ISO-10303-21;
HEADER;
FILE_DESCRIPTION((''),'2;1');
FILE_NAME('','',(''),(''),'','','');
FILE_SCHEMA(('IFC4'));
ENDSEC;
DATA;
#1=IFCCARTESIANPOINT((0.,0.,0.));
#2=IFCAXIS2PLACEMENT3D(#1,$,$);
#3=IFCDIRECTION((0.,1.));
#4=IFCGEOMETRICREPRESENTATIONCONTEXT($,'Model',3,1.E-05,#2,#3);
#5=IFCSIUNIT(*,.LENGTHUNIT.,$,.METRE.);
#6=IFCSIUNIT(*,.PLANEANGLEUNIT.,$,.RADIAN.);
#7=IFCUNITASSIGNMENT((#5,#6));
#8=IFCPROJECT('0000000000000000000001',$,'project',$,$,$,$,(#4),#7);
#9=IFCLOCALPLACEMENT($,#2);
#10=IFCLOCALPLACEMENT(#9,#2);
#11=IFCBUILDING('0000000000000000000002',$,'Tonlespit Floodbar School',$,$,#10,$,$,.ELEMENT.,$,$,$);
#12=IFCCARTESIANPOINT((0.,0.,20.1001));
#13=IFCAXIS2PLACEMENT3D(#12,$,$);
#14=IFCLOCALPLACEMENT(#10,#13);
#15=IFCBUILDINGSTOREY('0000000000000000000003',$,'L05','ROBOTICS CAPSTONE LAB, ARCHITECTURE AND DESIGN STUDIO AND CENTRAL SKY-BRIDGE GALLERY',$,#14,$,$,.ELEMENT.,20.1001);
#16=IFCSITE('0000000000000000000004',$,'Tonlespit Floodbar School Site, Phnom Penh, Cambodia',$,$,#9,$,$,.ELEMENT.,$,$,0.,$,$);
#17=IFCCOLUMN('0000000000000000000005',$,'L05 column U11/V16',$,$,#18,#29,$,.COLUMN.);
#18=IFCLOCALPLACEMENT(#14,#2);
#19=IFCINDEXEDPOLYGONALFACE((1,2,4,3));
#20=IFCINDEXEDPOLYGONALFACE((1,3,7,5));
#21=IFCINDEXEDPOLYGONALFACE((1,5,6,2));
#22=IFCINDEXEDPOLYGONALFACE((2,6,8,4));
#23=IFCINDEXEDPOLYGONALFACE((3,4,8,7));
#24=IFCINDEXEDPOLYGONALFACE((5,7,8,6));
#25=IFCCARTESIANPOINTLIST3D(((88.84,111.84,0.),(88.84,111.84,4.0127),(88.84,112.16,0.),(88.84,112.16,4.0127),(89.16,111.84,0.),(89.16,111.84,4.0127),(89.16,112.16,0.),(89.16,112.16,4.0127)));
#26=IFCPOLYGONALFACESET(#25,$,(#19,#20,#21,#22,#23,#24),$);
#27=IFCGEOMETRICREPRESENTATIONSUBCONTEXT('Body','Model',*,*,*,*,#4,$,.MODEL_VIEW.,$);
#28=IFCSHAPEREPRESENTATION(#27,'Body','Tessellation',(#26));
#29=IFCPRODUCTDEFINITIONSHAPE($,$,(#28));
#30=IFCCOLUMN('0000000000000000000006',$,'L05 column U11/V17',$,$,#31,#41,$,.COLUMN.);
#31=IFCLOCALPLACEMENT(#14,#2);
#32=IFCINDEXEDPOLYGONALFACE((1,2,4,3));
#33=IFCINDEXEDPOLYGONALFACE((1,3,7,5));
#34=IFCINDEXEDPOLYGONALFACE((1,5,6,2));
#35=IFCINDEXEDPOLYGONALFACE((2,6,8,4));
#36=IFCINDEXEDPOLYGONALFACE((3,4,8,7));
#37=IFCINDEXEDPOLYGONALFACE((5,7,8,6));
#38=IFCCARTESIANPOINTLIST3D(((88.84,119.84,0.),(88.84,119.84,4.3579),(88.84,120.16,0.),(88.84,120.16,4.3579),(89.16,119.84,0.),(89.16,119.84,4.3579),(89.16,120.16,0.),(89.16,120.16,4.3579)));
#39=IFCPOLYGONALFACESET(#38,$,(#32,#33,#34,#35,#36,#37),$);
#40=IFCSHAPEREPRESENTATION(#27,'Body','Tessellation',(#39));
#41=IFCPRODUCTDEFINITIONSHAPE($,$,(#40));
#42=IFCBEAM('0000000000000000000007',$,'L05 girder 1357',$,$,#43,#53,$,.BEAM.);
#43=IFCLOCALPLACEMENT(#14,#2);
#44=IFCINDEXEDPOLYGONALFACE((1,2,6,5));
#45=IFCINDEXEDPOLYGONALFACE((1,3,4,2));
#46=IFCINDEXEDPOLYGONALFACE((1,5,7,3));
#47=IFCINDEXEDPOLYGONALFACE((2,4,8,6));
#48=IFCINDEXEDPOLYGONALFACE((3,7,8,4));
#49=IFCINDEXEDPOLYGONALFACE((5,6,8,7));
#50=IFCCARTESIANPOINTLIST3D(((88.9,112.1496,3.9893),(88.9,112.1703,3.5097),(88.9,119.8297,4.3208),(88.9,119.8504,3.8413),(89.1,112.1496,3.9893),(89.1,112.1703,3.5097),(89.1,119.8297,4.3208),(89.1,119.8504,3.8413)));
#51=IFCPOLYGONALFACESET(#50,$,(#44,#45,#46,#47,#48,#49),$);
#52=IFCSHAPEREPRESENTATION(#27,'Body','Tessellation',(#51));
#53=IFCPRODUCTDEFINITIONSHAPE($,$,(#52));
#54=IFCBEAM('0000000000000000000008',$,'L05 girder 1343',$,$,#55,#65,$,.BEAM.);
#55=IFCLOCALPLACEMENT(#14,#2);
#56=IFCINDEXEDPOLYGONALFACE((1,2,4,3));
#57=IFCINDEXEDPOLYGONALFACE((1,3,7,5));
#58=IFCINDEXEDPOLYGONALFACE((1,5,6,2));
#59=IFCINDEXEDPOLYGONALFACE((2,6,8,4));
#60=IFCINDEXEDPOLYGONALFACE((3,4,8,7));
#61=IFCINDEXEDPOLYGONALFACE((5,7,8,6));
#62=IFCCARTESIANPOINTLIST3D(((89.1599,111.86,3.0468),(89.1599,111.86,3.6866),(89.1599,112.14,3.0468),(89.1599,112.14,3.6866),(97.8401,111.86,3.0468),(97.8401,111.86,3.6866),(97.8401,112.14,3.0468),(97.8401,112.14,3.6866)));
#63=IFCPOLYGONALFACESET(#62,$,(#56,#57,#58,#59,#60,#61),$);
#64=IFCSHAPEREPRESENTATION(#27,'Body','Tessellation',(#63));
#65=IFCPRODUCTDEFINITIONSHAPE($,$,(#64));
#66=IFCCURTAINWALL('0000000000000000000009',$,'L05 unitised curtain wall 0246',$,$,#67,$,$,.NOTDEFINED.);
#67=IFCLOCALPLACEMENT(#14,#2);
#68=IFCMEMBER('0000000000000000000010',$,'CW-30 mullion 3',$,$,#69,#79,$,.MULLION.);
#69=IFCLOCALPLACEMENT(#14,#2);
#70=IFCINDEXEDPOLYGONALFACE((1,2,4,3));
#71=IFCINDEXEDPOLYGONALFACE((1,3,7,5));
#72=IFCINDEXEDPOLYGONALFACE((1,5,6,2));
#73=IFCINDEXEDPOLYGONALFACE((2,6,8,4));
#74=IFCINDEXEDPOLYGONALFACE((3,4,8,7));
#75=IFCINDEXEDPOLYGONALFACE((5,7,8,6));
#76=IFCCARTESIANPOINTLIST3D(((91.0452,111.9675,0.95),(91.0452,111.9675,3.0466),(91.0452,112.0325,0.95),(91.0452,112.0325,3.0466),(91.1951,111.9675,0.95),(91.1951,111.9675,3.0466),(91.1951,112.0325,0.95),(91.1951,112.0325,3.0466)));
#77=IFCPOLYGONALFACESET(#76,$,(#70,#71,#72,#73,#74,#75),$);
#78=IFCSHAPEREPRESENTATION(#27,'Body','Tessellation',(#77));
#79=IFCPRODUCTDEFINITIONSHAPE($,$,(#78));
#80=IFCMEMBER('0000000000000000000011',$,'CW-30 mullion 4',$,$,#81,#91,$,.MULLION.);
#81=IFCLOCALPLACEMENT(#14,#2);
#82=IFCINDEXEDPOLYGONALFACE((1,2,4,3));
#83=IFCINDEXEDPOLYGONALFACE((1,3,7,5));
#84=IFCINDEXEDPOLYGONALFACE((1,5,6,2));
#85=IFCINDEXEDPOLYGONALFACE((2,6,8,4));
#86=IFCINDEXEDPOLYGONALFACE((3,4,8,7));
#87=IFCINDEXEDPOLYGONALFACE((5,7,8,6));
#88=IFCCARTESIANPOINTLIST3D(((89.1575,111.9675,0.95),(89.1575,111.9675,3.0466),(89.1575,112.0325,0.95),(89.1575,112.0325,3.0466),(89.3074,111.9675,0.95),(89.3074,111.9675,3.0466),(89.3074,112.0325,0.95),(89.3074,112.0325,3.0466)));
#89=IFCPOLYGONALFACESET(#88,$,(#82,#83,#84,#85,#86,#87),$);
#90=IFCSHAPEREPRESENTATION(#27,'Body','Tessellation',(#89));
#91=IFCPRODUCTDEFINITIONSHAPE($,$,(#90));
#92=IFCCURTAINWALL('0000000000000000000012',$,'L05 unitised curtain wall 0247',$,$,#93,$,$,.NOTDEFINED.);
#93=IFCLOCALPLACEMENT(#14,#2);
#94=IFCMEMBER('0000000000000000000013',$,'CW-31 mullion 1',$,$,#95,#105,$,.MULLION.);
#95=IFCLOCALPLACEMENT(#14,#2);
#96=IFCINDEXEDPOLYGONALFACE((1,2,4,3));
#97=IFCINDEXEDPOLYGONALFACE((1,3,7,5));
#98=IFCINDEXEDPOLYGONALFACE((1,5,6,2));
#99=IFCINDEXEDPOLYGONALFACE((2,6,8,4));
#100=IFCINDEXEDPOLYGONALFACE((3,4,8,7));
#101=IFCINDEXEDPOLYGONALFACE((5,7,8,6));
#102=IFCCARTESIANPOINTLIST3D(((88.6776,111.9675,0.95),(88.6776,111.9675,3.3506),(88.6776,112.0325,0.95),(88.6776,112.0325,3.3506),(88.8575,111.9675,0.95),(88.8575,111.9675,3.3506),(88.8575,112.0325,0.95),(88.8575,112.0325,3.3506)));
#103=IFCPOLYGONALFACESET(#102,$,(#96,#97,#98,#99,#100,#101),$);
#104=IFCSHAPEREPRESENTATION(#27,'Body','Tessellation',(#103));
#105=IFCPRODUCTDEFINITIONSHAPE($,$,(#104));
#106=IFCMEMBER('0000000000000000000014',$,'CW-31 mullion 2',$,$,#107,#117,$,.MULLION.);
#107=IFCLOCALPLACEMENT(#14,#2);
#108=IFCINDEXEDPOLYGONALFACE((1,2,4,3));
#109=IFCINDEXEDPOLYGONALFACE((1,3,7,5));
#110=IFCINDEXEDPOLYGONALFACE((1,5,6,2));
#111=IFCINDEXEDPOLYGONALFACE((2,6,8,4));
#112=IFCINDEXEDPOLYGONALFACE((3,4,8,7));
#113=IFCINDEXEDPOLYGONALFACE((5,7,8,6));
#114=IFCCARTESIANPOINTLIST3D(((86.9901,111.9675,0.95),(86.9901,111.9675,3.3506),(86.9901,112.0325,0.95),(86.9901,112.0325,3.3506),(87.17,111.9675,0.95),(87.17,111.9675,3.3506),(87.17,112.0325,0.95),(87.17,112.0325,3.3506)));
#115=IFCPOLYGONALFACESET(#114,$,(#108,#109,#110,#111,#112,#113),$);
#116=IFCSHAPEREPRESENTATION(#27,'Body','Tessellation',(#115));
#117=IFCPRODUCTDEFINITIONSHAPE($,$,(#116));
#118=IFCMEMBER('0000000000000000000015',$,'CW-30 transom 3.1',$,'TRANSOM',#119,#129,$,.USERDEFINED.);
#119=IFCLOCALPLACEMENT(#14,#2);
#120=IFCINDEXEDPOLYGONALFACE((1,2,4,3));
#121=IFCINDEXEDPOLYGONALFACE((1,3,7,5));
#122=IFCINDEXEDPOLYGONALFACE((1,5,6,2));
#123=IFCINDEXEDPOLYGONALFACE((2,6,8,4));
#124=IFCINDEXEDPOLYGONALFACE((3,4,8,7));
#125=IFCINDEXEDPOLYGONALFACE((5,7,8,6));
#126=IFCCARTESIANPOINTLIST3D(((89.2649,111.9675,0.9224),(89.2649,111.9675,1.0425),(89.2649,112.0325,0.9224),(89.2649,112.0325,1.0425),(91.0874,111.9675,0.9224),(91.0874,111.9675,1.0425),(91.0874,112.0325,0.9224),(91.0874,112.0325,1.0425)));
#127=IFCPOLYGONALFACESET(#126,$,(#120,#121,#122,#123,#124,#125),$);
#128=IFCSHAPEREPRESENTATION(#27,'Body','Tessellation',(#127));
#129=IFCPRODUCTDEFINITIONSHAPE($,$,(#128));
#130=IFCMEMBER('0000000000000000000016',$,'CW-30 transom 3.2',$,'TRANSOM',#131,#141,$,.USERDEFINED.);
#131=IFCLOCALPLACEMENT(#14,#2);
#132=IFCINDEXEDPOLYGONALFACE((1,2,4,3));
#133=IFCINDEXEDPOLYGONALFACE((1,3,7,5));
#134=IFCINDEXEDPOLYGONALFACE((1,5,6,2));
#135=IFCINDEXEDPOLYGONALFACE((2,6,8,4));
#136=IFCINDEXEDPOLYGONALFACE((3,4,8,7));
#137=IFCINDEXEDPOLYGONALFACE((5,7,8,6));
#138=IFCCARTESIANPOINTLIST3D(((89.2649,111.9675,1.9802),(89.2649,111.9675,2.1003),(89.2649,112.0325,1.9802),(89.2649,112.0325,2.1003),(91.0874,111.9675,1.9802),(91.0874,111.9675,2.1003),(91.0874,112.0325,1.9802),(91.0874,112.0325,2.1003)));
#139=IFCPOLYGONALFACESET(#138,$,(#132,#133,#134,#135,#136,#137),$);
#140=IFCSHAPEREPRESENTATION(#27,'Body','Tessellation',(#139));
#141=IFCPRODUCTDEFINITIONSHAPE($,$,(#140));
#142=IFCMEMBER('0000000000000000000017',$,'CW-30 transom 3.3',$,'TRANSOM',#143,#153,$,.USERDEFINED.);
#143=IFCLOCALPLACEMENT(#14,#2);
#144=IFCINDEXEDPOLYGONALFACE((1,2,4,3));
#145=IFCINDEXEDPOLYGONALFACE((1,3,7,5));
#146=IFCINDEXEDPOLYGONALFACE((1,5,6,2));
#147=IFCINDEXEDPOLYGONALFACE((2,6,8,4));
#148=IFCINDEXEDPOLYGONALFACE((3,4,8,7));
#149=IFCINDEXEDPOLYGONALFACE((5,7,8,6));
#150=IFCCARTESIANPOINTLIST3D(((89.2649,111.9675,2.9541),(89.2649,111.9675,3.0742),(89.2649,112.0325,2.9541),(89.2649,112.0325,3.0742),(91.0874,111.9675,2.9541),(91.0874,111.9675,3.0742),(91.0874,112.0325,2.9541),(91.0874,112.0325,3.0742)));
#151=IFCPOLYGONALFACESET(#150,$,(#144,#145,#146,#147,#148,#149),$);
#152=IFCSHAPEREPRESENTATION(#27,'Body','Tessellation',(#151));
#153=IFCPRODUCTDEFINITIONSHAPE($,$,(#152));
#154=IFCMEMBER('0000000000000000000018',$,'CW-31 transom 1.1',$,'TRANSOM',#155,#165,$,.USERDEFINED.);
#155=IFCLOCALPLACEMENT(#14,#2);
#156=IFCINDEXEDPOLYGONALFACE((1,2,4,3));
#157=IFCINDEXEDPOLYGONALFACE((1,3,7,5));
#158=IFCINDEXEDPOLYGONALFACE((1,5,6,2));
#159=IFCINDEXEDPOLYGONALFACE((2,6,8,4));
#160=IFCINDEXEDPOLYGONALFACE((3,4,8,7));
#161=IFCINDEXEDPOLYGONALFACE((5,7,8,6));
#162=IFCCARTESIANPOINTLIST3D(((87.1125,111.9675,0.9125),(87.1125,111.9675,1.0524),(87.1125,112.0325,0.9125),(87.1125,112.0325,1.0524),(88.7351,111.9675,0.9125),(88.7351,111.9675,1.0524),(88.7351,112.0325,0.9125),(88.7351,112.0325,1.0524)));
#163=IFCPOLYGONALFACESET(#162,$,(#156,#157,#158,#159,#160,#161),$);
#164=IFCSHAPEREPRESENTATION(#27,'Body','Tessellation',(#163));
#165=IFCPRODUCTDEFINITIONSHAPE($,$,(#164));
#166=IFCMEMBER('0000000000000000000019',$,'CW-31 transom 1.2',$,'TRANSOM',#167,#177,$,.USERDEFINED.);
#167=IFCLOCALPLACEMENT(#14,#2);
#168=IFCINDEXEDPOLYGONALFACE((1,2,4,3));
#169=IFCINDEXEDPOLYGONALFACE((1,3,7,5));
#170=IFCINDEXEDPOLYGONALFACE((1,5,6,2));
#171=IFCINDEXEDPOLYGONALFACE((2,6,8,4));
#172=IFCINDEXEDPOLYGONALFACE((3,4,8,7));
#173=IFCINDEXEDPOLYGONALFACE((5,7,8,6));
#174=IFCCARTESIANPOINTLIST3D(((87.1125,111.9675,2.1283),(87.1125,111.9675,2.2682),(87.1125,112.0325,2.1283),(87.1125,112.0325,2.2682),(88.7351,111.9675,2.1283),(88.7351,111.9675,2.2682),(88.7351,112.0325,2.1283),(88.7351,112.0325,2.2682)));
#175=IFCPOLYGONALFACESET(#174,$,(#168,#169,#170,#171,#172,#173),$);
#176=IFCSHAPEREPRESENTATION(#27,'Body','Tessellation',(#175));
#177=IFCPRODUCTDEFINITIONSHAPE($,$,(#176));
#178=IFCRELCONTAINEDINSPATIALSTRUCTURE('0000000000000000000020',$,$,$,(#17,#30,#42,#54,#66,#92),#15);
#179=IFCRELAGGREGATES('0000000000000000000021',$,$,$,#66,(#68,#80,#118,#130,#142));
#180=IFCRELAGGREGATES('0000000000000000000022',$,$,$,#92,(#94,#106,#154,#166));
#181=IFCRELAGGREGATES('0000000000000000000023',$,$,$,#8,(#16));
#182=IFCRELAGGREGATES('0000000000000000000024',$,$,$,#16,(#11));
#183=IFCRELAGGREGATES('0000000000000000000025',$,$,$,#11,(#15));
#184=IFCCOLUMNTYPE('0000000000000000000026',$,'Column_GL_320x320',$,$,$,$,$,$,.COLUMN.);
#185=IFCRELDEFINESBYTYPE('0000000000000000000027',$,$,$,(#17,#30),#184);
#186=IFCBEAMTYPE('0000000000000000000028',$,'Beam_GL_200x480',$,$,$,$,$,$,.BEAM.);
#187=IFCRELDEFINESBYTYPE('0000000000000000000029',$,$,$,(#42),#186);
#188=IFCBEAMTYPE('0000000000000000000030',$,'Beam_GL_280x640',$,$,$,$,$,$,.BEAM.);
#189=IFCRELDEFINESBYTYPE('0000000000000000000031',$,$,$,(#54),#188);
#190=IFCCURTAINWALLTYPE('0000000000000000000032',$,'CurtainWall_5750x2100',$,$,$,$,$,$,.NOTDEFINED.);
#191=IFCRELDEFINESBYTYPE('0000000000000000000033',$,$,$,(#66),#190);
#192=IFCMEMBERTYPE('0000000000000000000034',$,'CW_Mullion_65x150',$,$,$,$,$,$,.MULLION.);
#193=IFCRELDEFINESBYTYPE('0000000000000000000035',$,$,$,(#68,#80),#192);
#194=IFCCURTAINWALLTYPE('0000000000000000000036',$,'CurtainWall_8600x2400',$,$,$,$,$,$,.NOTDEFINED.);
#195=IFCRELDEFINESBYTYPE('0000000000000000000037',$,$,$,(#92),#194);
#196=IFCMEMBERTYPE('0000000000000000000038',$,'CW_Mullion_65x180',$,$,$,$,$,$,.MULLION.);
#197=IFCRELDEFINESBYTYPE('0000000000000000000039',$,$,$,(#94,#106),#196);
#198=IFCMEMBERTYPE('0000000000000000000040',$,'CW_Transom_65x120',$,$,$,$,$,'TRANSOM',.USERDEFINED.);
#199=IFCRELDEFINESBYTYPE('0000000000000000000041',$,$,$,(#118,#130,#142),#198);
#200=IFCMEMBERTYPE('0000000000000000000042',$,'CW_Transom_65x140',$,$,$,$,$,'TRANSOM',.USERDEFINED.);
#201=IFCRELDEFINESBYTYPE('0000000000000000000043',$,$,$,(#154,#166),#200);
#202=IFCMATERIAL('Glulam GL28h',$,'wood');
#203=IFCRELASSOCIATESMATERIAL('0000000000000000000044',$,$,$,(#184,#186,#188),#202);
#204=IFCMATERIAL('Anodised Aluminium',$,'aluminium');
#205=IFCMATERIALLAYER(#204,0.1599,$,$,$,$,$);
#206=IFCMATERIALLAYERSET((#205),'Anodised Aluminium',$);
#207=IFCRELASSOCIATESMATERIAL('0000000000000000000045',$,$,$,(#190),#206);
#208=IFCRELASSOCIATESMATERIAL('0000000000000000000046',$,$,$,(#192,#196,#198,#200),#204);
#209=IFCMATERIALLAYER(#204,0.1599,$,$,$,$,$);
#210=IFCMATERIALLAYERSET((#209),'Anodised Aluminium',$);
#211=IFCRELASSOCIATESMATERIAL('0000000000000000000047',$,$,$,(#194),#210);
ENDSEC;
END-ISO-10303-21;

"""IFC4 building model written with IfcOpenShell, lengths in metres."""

from ifc_helpers import new_model, si_unit, direction, frame, origin, origin_2d, place, context, subcontext, project, spatial, rectangle, extrude, material, layer, layer_set, material_profile, profile_set, type_object, element, aggregate, save


model = new_model("IFC4")

# Units and contexts
model_context = context("Model", 3, precision=1e-05, world=origin(), true_north=direction((0.0, 1.0)))
body_context = subcontext(model_context, "Body", "Model", "MODEL_VIEW")
ifc_project = project(units=[si_unit("LENGTHUNIT", "METRE"), si_unit("PLANEANGLEUNIT", "RADIAN")], contexts=[model_context])

# Site, building, storey
site_placement = place(None, origin())
site = spatial("IfcSite", under=ifc_project, at=site_placement, Name="Tonlespit Floodbar School Site, Phnom Penh, Cambodia", CompositionType="ELEMENT", RefElevation=0.0)
building_placement = place(site_placement, origin())
building = spatial("IfcBuilding", under=site, at=building_placement, Name="Tonlespit Floodbar School", CompositionType="ELEMENT")
storey_placement = place(building_placement, frame((0.0, 0.0, 20.1001)))
storey = spatial("IfcBuildingStorey", under=building, at=storey_placement, Name="L05", Description="ROBOTICS CAPSTONE LAB, ARCHITECTURE AND DESIGN STUDIO AND CENTRAL SKY-BRIDGE GALLERY", CompositionType="ELEMENT", Elevation=20.1001)

# Columns
ifc_material_1 = material(Name="Glulam GL28h", Category="wood")
ifc_material_profile_1 = material_profile(ifc_material_1, rectangle(XDim=0.3201, YDim=0.3201, at=origin_2d()), Name="GL 320x320")
ifc_profile_set_1 = profile_set([ifc_material_profile_1], Name="Glulam GL28h")
column_type = type_object("IfcColumnType", Name="Column_GL_320x320", PredefinedType="COLUMN", material=ifc_profile_set_1)
column_1_placement = place(storey_placement, frame((89.0, 112.0, 0.0), z_axis=(0.0, 0.0, 1.0), x_axis=(1.0, 0.0, 0.0)))
element("IfcColumn", 1, at=column_1_placement, inside=storey, type_object=column_type, Name="L05 column U11/V16", PredefinedType="COLUMN", context=body_context, shape_type="SweptSolid", body=[
    extrude(rectangle(XDim=0.3201, YDim=0.3201, at=origin_2d()), origin(), (0.0, 0.0, 1.0), 4.0127),
])
column_2_placement = place(storey_placement, frame((89.0, 120.0, 0.0), z_axis=(0.0, 0.0, 1.0), x_axis=(1.0, 0.0, 0.0)))
element("IfcColumn", 2, at=column_2_placement, inside=storey, type_object=column_type, Name="L05 column U11/V17", PredefinedType="COLUMN", context=body_context, shape_type="SweptSolid", body=[
    extrude(rectangle(XDim=0.3201, YDim=0.3201, at=origin_2d()), origin(), (0.0, 0.0, 1.0), 4.3579),
])

# Beams
ifc_material_profile_2 = material_profile(ifc_material_1, rectangle(XDim=0.2, YDim=0.48, at=origin_2d()), Name="GL 200x480")
ifc_profile_set_2 = profile_set([ifc_material_profile_2], Name="Glulam GL28h")
beam_type_1 = type_object("IfcBeamType", Name="Beam_GL_200x480", PredefinedType="BEAM", material=ifc_profile_set_2)
beam_1_placement = place(storey_placement, frame((89.0, 112.1599, 3.7495), z_axis=(0.0, 0.99907, 0.043129), x_axis=(-1.0, 0.0, 0.0)))
element("IfcBeam", 3, at=beam_1_placement, inside=storey, type_object=beam_type_1, Name="L05 girder 1357", PredefinedType="BEAM", context=body_context, shape_type="SweptSolid", body=[
    extrude(rectangle(XDim=0.2, YDim=0.48, at=origin_2d()), origin(), (0.0, 0.0, 1.0), 7.6873),
])
ifc_material_profile_3 = material_profile(ifc_material_1, rectangle(XDim=0.28, YDim=0.6399, at=origin_2d()), Name="GL 280x640")
ifc_profile_set_3 = profile_set([ifc_material_profile_3], Name="Glulam GL28h")
beam_type_2 = type_object("IfcBeamType", Name="Beam_GL_280x640", PredefinedType="BEAM", material=ifc_profile_set_3)
beam_2_placement = place(storey_placement, frame((89.1599, 112.0, 3.3667), z_axis=(1.0, 0.0, 0.0), x_axis=(0.0, 1.0, 0.0)))
element("IfcBeam", 4, at=beam_2_placement, inside=storey, type_object=beam_type_2, Name="L05 girder 1343", PredefinedType="BEAM", context=body_context, shape_type="SweptSolid", body=[
    extrude(rectangle(XDim=0.28, YDim=0.6399, at=origin_2d()), origin(), (0.0, 0.0, 1.0), 8.6802),
])

# Curtain walls, members
ifc_material_2 = material(Name="Anodised Aluminium", Category="aluminium")
ifc_layer_1 = layer(ifc_material_2, 0.1599)
ifc_layer_set_1 = layer_set([ifc_layer_1], Name="Anodised Aluminium")
curtain_wall_type_1 = type_object("IfcCurtainWallType", Name="CurtainWall_5750x2100", PredefinedType="NOTDEFINED", material=ifc_layer_set_1)
curtain_wall_1_placement = place(storey_placement, origin())
curtain_wall_1 = element("IfcCurtainWall", 5, at=curtain_wall_1_placement, inside=storey, type_object=curtain_wall_type_1, Name="L05 unitised curtain wall 0246", PredefinedType="NOTDEFINED")
ifc_material_profile_4 = material_profile(ifc_material_2, rectangle(XDim=0.0649, YDim=0.1499, at=origin_2d()), Name="ALU M65x150")
ifc_profile_set_4 = profile_set([ifc_material_profile_4], Name="Anodised Aluminium")
member_type_1 = type_object("IfcMemberType", Name="CW_Mullion_65x150", PredefinedType="MULLION", material=ifc_profile_set_4)
member_1_placement = place(storey_placement, frame((91.1201, 112.0, 0.95), z_axis=(0.0, 0.0, 1.0), x_axis=(0.0, -1.0, 0.0)))
member_1 = element("IfcMember", 6, at=member_1_placement, type_object=member_type_1, Name="CW-30 mullion 3", PredefinedType="MULLION", context=body_context, shape_type="SweptSolid", body=[
    extrude(rectangle(XDim=0.0649, YDim=0.1499, at=origin_2d()), origin(), (0.0, 0.0, 1.0), 2.0967),
])
member_2_placement = place(storey_placement, frame((89.2324, 112.0, 0.95), z_axis=(0.0, 0.0, 1.0), x_axis=(0.0, -1.0, 0.0)))
member_2 = element("IfcMember", 7, at=member_2_placement, type_object=member_type_1, Name="CW-30 mullion 4", PredefinedType="MULLION", context=body_context, shape_type="SweptSolid", body=[
    extrude(rectangle(XDim=0.0649, YDim=0.1499, at=origin_2d()), origin(), (0.0, 0.0, 1.0), 2.0967),
])
ifc_layer_2 = layer(ifc_material_2, 0.1599)
ifc_layer_set_2 = layer_set([ifc_layer_2], Name="Anodised Aluminium")
curtain_wall_type_2 = type_object("IfcCurtainWallType", Name="CurtainWall_8600x2400", PredefinedType="NOTDEFINED", material=ifc_layer_set_2)
curtain_wall_2_placement = place(storey_placement, origin())
curtain_wall_2 = element("IfcCurtainWall", 8, at=curtain_wall_2_placement, inside=storey, type_object=curtain_wall_type_2, Name="L05 unitised curtain wall 0247", PredefinedType="NOTDEFINED")
ifc_material_profile_5 = material_profile(ifc_material_2, rectangle(XDim=0.0649, YDim=0.1799, at=origin_2d()), Name="ALU M65x180")
ifc_profile_set_5 = profile_set([ifc_material_profile_5], Name="Anodised Aluminium")
member_type_2 = type_object("IfcMemberType", Name="CW_Mullion_65x180", PredefinedType="MULLION", material=ifc_profile_set_5)
member_3_placement = place(storey_placement, frame((88.7676, 112.0, 0.95), z_axis=(0.0, 0.0, 1.0), x_axis=(0.0, -1.0, 0.0)))
member_3 = element("IfcMember", 9, at=member_3_placement, type_object=member_type_2, Name="CW-31 mullion 1", PredefinedType="MULLION", context=body_context, shape_type="SweptSolid", body=[
    extrude(rectangle(XDim=0.0649, YDim=0.1799, at=origin_2d()), origin(), (0.0, 0.0, 1.0), 2.4006),
])
member_4_placement = place(storey_placement, frame((87.0801, 112.0, 0.95), z_axis=(0.0, 0.0, 1.0), x_axis=(0.0, -1.0, 0.0)))
member_4 = element("IfcMember", 10, at=member_4_placement, type_object=member_type_2, Name="CW-31 mullion 2", PredefinedType="MULLION", context=body_context, shape_type="SweptSolid", body=[
    extrude(rectangle(XDim=0.0649, YDim=0.1799, at=origin_2d()), origin(), (0.0, 0.0, 1.0), 2.4006),
])

# Members
ifc_material_profile_6 = material_profile(ifc_material_2, rectangle(XDim=0.0649, YDim=0.1201, at=origin_2d()), Name="ALU T65x120")
ifc_profile_set_6 = profile_set([ifc_material_profile_6], Name="Anodised Aluminium")
member_type_3 = type_object("IfcMemberType", Name="CW_Transom_65x120", ElementType="TRANSOM", PredefinedType="USERDEFINED", material=ifc_profile_set_6)
member_5_placement = place(storey_placement, frame((91.0874, 112.0, 0.9824), z_axis=(-1.0, 0.0, 0.0), x_axis=(0.0, -1.0, 0.0)))
member_5 = element("IfcMember", 11, at=member_5_placement, type_object=member_type_3, Name="CW-30 transom 3.1", ObjectType="TRANSOM", PredefinedType="USERDEFINED", context=body_context, shape_type="SweptSolid", body=[
    extrude(rectangle(XDim=0.0649, YDim=0.1201, at=origin_2d()), origin(), (0.0, 0.0, 1.0), 1.8225),
])
member_6_placement = place(storey_placement, frame((91.0874, 112.0, 2.0403), z_axis=(-1.0, 0.0, 0.0), x_axis=(0.0, -1.0, 0.0)))
member_6 = element("IfcMember", 12, at=member_6_placement, type_object=member_type_3, Name="CW-30 transom 3.2", ObjectType="TRANSOM", PredefinedType="USERDEFINED", context=body_context, shape_type="SweptSolid", body=[
    extrude(rectangle(XDim=0.0649, YDim=0.1201, at=origin_2d()), origin(), (0.0, 0.0, 1.0), 1.8225),
])
member_7_placement = place(storey_placement, frame((91.0874, 112.0, 3.0142), z_axis=(-1.0, 0.0, 0.0), x_axis=(0.0, -1.0, 0.0)))
member_7 = element("IfcMember", 13, at=member_7_placement, type_object=member_type_3, Name="CW-30 transom 3.3", ObjectType="TRANSOM", PredefinedType="USERDEFINED", context=body_context, shape_type="SweptSolid", body=[
    extrude(rectangle(XDim=0.0649, YDim=0.1201, at=origin_2d()), origin(), (0.0, 0.0, 1.0), 1.8225),
])
ifc_material_profile_7 = material_profile(ifc_material_2, rectangle(XDim=0.0649, YDim=0.1399, at=origin_2d()), Name="ALU T65x140")
ifc_profile_set_7 = profile_set([ifc_material_profile_7], Name="Anodised Aluminium")
member_type_4 = type_object("IfcMemberType", Name="CW_Transom_65x140", ElementType="TRANSOM", PredefinedType="USERDEFINED", material=ifc_profile_set_7)
member_8_placement = place(storey_placement, frame((88.7351, 112.0, 0.9824), z_axis=(-1.0, 0.0, 0.0), x_axis=(0.0, -1.0, 0.0)))
member_8 = element("IfcMember", 14, at=member_8_placement, type_object=member_type_4, Name="CW-31 transom 1.1", ObjectType="TRANSOM", PredefinedType="USERDEFINED", context=body_context, shape_type="SweptSolid", body=[
    extrude(rectangle(XDim=0.0649, YDim=0.1399, at=origin_2d()), origin(), (0.0, 0.0, 1.0), 1.6226),
])
member_9_placement = place(storey_placement, frame((88.7351, 112.0, 2.1982), z_axis=(-1.0, 0.0, 0.0), x_axis=(0.0, -1.0, 0.0)))
member_9 = element("IfcMember", 15, at=member_9_placement, type_object=member_type_4, Name="CW-31 transom 1.2", ObjectType="TRANSOM", PredefinedType="USERDEFINED", context=body_context, shape_type="SweptSolid", body=[
    extrude(rectangle(XDim=0.0649, YDim=0.1399, at=origin_2d()), origin(), (0.0, 0.0, 1.0), 1.6226),
])

aggregate(curtain_wall_1, [member_1, member_2, member_5, member_6, member_7])
aggregate(curtain_wall_2, [member_3, member_4, member_8, member_9])

save(model, "model.ifc")
